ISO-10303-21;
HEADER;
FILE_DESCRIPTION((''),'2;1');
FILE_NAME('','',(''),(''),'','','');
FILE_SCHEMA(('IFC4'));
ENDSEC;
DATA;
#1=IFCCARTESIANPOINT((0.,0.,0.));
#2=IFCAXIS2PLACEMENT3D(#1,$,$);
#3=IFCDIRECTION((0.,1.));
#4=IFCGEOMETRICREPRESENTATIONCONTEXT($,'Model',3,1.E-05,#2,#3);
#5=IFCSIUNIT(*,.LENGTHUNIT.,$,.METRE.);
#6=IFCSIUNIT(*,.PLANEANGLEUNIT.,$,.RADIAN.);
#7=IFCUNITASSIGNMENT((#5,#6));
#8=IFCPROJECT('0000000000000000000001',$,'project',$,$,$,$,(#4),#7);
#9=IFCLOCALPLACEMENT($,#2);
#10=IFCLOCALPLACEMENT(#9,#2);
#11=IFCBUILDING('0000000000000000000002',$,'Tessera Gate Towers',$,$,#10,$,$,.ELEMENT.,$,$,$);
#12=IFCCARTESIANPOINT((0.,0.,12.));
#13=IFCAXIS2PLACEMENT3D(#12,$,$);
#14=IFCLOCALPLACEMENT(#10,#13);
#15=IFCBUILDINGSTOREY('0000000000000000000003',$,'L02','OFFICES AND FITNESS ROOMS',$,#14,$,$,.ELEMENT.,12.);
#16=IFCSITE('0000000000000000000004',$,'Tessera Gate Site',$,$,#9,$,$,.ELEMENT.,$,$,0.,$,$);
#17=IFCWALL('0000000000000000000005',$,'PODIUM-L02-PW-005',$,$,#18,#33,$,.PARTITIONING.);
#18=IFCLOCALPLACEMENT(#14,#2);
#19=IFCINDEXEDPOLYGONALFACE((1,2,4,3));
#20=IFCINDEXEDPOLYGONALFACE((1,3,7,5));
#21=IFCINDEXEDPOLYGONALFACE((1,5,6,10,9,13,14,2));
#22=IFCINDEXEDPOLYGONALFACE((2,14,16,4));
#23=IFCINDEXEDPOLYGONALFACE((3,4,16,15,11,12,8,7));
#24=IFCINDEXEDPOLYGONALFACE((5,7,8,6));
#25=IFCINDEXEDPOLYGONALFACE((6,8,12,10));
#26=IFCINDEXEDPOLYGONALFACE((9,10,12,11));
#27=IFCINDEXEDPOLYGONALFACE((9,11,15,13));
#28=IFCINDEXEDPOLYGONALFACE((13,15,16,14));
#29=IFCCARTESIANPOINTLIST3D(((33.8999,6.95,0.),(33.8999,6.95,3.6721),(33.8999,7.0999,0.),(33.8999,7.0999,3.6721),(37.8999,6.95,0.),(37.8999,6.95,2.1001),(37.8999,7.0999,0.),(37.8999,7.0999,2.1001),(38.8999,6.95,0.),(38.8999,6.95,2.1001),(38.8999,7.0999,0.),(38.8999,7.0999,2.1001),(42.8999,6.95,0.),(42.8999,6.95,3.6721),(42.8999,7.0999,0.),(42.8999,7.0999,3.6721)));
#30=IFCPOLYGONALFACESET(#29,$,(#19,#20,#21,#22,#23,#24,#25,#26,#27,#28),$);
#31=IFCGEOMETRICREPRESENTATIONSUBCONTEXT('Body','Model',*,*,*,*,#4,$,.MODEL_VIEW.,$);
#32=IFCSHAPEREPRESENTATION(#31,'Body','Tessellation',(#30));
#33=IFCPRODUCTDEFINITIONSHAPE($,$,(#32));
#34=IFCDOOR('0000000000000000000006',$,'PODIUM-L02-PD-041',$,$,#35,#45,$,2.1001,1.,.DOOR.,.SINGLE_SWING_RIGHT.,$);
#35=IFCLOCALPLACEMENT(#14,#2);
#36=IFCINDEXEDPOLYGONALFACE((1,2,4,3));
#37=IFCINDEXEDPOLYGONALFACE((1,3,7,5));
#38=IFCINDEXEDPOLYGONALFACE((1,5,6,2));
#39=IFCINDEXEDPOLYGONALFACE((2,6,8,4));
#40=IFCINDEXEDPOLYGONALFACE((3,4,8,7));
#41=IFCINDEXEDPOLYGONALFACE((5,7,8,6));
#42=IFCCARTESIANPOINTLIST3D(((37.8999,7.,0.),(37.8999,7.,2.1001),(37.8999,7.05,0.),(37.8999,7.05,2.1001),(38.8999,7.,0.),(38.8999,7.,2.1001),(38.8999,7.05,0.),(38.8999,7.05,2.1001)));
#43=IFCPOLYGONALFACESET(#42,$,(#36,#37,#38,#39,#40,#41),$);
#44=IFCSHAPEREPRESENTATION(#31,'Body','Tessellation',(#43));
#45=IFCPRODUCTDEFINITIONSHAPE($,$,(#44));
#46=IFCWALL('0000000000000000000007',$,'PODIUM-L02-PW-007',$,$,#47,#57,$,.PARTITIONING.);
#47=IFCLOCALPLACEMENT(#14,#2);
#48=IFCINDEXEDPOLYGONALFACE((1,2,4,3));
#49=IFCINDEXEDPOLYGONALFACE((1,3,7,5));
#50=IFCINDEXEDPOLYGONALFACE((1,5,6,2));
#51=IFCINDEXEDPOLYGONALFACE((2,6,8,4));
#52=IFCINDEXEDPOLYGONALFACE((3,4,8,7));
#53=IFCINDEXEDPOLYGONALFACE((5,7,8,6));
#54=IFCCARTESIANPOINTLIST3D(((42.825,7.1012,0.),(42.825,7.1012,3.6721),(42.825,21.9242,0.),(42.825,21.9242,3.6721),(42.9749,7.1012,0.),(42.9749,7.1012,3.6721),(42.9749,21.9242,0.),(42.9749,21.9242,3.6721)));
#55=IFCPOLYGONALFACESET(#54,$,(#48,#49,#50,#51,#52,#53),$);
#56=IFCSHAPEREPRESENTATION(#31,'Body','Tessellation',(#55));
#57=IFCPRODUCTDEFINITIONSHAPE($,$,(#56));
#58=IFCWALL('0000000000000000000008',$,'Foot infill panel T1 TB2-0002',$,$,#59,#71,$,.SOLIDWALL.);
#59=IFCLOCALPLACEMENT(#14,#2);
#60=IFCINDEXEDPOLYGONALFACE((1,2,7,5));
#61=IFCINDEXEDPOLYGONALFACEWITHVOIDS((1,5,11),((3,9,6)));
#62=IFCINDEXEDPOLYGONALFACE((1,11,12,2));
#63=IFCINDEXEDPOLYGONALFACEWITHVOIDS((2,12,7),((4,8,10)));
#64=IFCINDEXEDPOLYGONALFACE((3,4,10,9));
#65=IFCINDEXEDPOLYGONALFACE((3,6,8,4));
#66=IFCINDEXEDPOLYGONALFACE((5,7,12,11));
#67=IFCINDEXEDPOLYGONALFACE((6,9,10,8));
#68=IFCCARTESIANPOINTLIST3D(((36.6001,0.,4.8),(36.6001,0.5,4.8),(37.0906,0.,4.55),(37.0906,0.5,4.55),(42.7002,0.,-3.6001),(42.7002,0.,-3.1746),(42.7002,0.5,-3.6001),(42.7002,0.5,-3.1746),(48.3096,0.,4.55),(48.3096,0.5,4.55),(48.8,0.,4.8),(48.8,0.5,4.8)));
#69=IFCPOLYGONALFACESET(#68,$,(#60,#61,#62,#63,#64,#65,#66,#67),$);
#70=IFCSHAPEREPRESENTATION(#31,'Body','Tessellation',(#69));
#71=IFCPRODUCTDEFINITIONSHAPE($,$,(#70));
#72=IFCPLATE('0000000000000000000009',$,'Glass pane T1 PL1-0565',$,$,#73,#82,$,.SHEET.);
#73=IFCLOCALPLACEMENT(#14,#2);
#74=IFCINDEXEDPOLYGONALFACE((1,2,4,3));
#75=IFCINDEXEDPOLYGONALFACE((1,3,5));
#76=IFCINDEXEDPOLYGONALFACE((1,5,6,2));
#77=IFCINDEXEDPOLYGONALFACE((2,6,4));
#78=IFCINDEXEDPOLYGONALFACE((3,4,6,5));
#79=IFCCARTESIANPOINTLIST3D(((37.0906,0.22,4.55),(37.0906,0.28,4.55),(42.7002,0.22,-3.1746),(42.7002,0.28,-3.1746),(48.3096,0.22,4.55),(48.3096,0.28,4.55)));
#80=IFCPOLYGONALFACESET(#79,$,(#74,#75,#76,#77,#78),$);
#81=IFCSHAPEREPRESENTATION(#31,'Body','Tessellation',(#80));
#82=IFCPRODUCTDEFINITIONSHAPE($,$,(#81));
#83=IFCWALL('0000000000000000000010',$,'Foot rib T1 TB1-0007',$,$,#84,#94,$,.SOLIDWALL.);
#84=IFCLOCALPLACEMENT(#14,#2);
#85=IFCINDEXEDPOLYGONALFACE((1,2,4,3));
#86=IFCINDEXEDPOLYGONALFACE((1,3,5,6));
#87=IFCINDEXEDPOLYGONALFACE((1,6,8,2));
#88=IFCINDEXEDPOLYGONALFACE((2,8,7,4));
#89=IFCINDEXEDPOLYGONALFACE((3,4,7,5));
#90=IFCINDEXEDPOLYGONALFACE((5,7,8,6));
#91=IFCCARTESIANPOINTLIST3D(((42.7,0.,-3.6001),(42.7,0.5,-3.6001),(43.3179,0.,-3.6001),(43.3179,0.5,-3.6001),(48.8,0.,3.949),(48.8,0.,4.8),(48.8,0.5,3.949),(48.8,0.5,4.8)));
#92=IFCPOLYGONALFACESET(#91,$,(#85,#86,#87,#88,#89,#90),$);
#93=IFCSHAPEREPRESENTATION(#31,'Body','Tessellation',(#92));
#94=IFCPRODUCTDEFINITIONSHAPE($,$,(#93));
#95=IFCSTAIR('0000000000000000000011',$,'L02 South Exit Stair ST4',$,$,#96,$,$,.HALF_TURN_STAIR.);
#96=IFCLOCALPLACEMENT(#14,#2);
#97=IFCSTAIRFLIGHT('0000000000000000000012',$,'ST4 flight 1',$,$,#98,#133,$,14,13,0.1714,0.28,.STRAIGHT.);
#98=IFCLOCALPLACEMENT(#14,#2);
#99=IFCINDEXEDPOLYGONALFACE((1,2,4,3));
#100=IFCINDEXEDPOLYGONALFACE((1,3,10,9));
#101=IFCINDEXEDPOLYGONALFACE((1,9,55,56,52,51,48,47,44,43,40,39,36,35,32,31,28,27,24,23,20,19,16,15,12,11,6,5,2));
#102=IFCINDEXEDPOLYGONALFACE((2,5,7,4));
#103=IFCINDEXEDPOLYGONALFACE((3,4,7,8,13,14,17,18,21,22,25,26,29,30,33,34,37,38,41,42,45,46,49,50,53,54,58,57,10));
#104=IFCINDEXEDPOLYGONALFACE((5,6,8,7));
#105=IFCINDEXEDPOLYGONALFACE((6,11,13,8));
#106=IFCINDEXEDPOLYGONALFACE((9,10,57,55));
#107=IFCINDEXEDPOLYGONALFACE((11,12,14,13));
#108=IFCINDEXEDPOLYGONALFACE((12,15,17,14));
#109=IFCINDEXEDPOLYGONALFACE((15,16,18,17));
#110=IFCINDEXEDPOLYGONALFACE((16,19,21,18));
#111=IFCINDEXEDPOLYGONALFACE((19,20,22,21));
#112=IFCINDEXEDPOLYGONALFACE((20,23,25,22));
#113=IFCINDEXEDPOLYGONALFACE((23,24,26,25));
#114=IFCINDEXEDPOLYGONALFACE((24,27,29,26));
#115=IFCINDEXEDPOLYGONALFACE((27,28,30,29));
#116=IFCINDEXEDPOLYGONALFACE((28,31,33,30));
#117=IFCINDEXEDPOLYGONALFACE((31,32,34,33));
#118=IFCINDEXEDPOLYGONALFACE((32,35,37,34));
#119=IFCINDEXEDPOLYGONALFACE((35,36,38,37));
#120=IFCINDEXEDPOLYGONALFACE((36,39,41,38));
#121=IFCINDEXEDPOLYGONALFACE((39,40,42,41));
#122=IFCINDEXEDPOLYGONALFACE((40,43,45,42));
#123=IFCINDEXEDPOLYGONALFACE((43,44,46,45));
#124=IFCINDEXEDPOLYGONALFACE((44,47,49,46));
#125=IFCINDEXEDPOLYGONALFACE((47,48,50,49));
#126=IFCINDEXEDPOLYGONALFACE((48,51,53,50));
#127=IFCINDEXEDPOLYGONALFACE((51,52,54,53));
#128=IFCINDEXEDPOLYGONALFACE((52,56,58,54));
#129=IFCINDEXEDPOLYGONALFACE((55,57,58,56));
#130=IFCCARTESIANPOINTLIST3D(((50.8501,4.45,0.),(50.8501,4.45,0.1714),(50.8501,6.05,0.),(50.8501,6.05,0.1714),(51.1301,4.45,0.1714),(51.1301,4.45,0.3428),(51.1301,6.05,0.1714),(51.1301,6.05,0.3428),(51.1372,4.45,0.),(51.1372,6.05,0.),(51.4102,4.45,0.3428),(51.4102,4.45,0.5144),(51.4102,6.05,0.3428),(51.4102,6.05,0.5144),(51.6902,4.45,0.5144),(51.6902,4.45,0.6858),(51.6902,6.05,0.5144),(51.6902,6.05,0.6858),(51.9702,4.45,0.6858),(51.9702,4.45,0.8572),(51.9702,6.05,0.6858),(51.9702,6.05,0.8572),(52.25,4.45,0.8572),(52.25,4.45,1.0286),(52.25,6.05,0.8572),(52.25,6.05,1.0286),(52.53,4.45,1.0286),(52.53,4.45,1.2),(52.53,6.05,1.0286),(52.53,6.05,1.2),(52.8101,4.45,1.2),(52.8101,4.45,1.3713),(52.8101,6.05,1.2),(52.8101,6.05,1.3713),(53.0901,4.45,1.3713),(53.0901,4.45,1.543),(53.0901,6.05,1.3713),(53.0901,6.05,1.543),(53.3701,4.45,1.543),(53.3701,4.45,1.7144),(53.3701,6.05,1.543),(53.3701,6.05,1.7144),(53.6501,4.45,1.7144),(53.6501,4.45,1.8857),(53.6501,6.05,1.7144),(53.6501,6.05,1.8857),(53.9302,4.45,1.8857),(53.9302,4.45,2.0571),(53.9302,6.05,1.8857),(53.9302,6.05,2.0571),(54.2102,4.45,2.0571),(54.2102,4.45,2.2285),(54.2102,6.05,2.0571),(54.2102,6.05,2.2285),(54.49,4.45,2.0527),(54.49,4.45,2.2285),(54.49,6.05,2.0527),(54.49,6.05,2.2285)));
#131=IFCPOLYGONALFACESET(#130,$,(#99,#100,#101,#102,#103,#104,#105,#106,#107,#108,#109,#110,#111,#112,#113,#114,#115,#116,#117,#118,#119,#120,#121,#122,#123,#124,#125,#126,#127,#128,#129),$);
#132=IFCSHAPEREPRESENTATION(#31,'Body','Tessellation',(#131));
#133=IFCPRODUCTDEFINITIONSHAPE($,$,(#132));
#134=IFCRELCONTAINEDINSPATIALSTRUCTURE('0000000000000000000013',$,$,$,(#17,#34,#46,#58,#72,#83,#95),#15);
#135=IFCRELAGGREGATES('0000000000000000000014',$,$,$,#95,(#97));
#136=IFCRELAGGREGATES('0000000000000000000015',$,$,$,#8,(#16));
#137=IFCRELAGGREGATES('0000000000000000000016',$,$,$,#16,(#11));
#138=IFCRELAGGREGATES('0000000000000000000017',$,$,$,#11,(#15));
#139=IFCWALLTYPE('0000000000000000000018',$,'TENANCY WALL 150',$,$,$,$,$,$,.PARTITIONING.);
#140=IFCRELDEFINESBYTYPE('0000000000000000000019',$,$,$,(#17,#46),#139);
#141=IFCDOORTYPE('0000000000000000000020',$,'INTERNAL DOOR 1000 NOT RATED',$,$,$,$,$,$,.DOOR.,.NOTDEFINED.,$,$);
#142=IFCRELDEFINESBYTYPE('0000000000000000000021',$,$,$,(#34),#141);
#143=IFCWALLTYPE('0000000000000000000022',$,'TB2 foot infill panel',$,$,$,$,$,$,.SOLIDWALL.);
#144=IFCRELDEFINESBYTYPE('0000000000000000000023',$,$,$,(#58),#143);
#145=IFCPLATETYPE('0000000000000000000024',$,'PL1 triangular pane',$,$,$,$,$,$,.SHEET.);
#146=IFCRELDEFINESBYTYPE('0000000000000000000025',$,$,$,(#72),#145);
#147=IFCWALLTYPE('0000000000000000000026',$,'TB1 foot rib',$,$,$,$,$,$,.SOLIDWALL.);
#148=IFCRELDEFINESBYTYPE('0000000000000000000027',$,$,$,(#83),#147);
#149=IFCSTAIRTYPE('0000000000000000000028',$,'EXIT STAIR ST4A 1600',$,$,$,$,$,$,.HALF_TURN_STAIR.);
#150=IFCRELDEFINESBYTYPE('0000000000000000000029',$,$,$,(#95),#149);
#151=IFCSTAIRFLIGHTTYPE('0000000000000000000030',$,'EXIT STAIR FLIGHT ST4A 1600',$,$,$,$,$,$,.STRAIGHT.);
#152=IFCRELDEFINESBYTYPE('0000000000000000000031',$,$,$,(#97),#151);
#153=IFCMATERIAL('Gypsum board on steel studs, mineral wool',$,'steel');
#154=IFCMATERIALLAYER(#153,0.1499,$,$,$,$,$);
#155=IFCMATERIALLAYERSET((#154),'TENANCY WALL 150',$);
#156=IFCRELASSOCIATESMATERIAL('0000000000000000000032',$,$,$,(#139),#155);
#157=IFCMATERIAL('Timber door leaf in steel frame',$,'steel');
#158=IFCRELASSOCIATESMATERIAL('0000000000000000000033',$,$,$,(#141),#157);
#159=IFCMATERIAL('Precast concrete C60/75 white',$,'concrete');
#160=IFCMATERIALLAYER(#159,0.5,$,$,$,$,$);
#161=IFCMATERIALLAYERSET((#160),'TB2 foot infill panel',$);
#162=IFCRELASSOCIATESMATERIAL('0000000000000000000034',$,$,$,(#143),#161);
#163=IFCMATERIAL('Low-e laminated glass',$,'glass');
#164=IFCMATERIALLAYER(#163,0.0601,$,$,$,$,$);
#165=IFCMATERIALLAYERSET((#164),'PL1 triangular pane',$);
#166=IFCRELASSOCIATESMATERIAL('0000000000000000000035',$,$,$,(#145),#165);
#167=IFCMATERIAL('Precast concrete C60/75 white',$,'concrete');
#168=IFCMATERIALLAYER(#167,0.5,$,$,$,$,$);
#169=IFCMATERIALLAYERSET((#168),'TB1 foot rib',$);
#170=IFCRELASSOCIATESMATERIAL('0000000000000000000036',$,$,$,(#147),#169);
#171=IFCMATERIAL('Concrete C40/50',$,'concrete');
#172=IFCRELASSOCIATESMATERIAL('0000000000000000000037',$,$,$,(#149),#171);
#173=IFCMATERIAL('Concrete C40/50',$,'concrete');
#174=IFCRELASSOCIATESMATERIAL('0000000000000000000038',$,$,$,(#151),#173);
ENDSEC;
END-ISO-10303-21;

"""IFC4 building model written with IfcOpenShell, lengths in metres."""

from ifc_helpers import new_model, si_unit, direction, frame, frame_2d, origin, place, context, subcontext, project, spatial, polyline, rectangle, outline, extrude, source, transform, mapped, material, layer, layer_set, type_object, element, fill, aggregate, save


model = new_model("IFC4")

# Units and contexts
model_context = context("Model", 3, precision=1e-05, world=origin(), true_north=direction((0.0, 1.0)))
body_context = subcontext(model_context, "Body", "Model", "MODEL_VIEW")
ifc_project = project(units=[si_unit("LENGTHUNIT", "METRE"), si_unit("PLANEANGLEUNIT", "RADIAN")], contexts=[model_context])

# Site, building, storey
site_placement = place(None, origin())
site = spatial("IfcSite", under=ifc_project, at=site_placement, Name="Tessera Gate Site", CompositionType="ELEMENT", RefElevation=0.0)
building_placement = place(site_placement, origin())
building = spatial("IfcBuilding", under=site, at=building_placement, Name="Tessera Gate Towers", CompositionType="ELEMENT")
storey_placement = place(building_placement, frame((0.0, 0.0, 12.0)))
storey = spatial("IfcBuildingStorey", under=building, at=storey_placement, Name="L02", Description="OFFICES AND FITNESS ROOMS", CompositionType="ELEMENT", Elevation=12.0)

# Shared definitions
ifc_material_1 = material(Name="Gypsum board on steel studs, mineral wool", Category="steel")
ifc_layer_1 = layer(ifc_material_1, 0.1499)
ifc_layer_set_1 = layer_set([ifc_layer_1], Name="TENANCY WALL 150")
wall_type_1 = type_object("IfcWallType", Name="TENANCY WALL 150", PredefinedType="PARTITIONING", material=ifc_layer_set_1)

# Wall, opening, door
wall_1_placement = place(storey_placement, frame((42.8999, 7.0249, 0.0), z_axis=(0.0, 0.0, 1.0), x_axis=(-1.0, 0.0, 0.0)))
wall_1 = element("IfcWall", 1, at=wall_1_placement, inside=storey, type_object=wall_type_1, Name="PODIUM-L02-PW-005", PredefinedType="PARTITIONING", context=body_context, shape_type="SweptSolid", body=[
    extrude(rectangle(XDim=9.0, YDim=0.1499, at=frame_2d((4.5, 0.0))), origin(), (0.0, 0.0, 1.0), 3.6721),
])
shared_shape_1 = source(origin(), body_context, "Body", "SweptSolid", [
    extrude(rectangle(XDim=1.0, YDim=2.1001, at=frame_2d((0.5, 1.05))), frame((0.0, 0.085, 0.0), z_axis=(0.0, -1.0, 0.0), x_axis=(1.0, 0.0, 0.0)), (0.0, 0.0, 1.0), 0.1699),
])
opening_1_placement = place(wall_1_placement, frame((4.0, 0.0, 0.0)))
opening_1 = element("IfcOpeningElement", 2, at=opening_1_placement, cuts=wall_1, PredefinedType="OPENING", context=body_context, shape_type="MappedRepresentation", body=[
    mapped(shared_shape_1, transform((0.0, 0.0, 0.0), scale=1.0)),
])
ifc_material_2 = material(Name="Timber door leaf in steel frame", Category="steel")
door_type_1 = type_object("IfcDoorType", Name="INTERNAL DOOR 1000 NOT RATED", OperationType="NOTDEFINED", PredefinedType="DOOR", material=ifc_material_2)
shared_shape_2 = source(origin(), body_context, "Body", "SweptSolid", [
    extrude(rectangle(XDim=1.0, YDim=2.1001, at=frame_2d((0.5, 1.05))), frame((0.0, 0.0249, 0.0), z_axis=(0.0, -1.0, 0.0), x_axis=(1.0, 0.0, 0.0)), (0.0, 0.0, 1.0), 0.05),
])
door_1_placement = place(opening_1_placement, origin())
door_1 = element("IfcDoor", 3, at=door_1_placement, inside=storey, type_object=door_type_1, Name="PODIUM-L02-PD-041", OperationType="SINGLE_SWING_RIGHT", OverallHeight=2.1001, OverallWidth=1.0, PredefinedType="DOOR", context=body_context, shape_type="MappedRepresentation", body=[
    mapped(shared_shape_2, transform((0.0, 0.0, 0.0), scale=1.0)),
])
fill(opening_1, door_1)

# Wall
wall_2_placement = place(storey_placement, frame((42.8999, 7.1011, 0.0), z_axis=(0.0, 0.0, 1.0), x_axis=(0.0, 1.0, 0.0)))
element("IfcWall", 4, at=wall_2_placement, inside=storey, type_object=wall_type_1, Name="PODIUM-L02-PW-007", PredefinedType="PARTITIONING", context=body_context, shape_type="SweptSolid", body=[
    extrude(rectangle(XDim=14.823, YDim=0.1499, at=frame_2d((7.4116, 0.0))), origin(), (0.0, 0.0, 1.0), 3.6721),
])

# Wall, opening, plate
ifc_material_3 = material(Name="Precast concrete C60/75 white", Category="concrete")
ifc_layer_2 = layer(ifc_material_3, 0.5)
ifc_layer_set_2 = layer_set([ifc_layer_2], Name="TB2 foot infill panel")
wall_type_2 = type_object("IfcWallType", Name="TB2 foot infill panel", PredefinedType="SOLIDWALL", material=ifc_layer_set_2)
shared_shape_3 = source(origin(), body_context, "Body", "SweptSolid", [
    extrude(outline(polyline([(6.1001, 0.0), (12.2, 8.4001), (0.0, 8.4001), (6.1001, 0.0)])), frame((0.0, 0.25, 0.0), z_axis=(0.0, -1.0, 0.0), x_axis=(1.0, 0.0, 0.0)), (0.0, 0.0, 1.0), 0.5),
])
wall_3_placement = place(storey_placement, frame((36.6001, 0.25, -3.6001), z_axis=(0.0, 0.0, 1.0), x_axis=(1.0, 0.0, 0.0)))
wall_3 = element("IfcWall", 5, at=wall_3_placement, inside=storey, type_object=wall_type_2, Name="Foot infill panel T1 TB2-0002", PredefinedType="SOLIDWALL", context=body_context, shape_type="MappedRepresentation", body=[
    mapped(shared_shape_3, transform((0.0, 0.0, 0.0), scale=1.0)),
])
shared_shape_4 = source(origin(), body_context, "Body", "SweptSolid", [
    extrude(outline(polyline([(6.1001, 0.4255), (11.7095, 8.1501), (0.4905, 8.1501), (6.1001, 0.4255)])), frame((0.0, 0.26, 0.0), z_axis=(0.0, -1.0, 0.0), x_axis=(1.0, 0.0, 0.0)), (0.0, 0.0, 1.0), 0.52),
])
opening_2_placement = place(wall_3_placement, origin())
opening_2 = element("IfcOpeningElement", 6, at=opening_2_placement, cuts=wall_3, PredefinedType="OPENING", context=body_context, shape_type="MappedRepresentation", body=[
    mapped(shared_shape_4, transform((0.0, 0.0, 0.0), scale=1.0)),
])
ifc_material_4 = material(Name="Low-e laminated glass", Category="glass")
ifc_layer_3 = layer(ifc_material_4, 0.0601)
ifc_layer_set_3 = layer_set([ifc_layer_3], Name="PL1 triangular pane")
plate_type = type_object("IfcPlateType", Name="PL1 triangular pane", PredefinedType="SHEET", material=ifc_layer_set_3)
shared_shape_5 = source(origin(), body_context, "Body", "SweptSolid", [
    extrude(outline(polyline([(6.1001, 0.4255), (11.7095, 8.1501), (0.4905, 8.1501), (6.1001, 0.4255)])), frame((0.0, 0.03, 0.0), z_axis=(0.0, -1.0, 0.0), x_axis=(1.0, 0.0, 0.0)), (0.0, 0.0, 1.0), 0.0601),
])
plate_placement = place(opening_2_placement, origin())
plate = element("IfcPlate", 7, at=plate_placement, inside=storey, type_object=plate_type, Name="Glass pane T1 PL1-0565", PredefinedType="SHEET", context=body_context, shape_type="MappedRepresentation", body=[
    mapped(shared_shape_5, transform((0.0, 0.0, 0.0), scale=1.0)),
])
fill(opening_2, plate)

# Wall
ifc_material_5 = material(Name="Precast concrete C60/75 white", Category="concrete")
ifc_layer_4 = layer(ifc_material_5, 0.5)
ifc_layer_set_4 = layer_set([ifc_layer_4], Name="TB1 foot rib")
wall_type_3 = type_object("IfcWallType", Name="TB1 foot rib", PredefinedType="SOLIDWALL", material=ifc_layer_set_4)
shared_shape_6 = source(origin(), body_context, "Body", "SweptSolid", [
    extrude(outline(polyline([(6.1001, 8.4001), (0.0, 0.0), (0.6179, 0.0), (6.1001, 7.5491), (6.1001, 8.4001)])), frame((0.0, 0.25, 0.0), z_axis=(0.0, -1.0, 0.0), x_axis=(1.0, 0.0, 0.0)), (0.0, 0.0, 1.0), 0.5),
])
wall_4_placement = place(storey_placement, frame((42.7, 0.25, -3.6001), z_axis=(0.0, 0.0, 1.0), x_axis=(1.0, 0.0, 0.0)))
element("IfcWall", 8, at=wall_4_placement, inside=storey, type_object=wall_type_3, Name="Foot rib T1 TB1-0007", PredefinedType="SOLIDWALL", context=body_context, shape_type="MappedRepresentation", body=[
    mapped(shared_shape_6, transform((0.0, 0.0, 0.0), scale=1.0)),
])

# Stair, stair flight
ifc_material_6 = material(Name="Concrete C40/50", Category="concrete")
stair_type = type_object("IfcStairType", Name="EXIT STAIR ST4A 1600", PredefinedType="HALF_TURN_STAIR", material=ifc_material_6)
stair_placement = place(storey_placement, origin())
stair = element("IfcStair", 9, at=stair_placement, inside=storey, type_object=stair_type, Name="L02 South Exit Stair ST4", PredefinedType="HALF_TURN_STAIR")
ifc_material_7 = material(Name="Concrete C40/50", Category="concrete")
stair_flight_type = type_object("IfcStairFlightType", Name="EXIT STAIR FLIGHT ST4A 1600", PredefinedType="STRAIGHT", material=ifc_material_7)
stair_flight_placement = place(storey_placement, frame((50.8501, 5.25, 0.0), z_axis=(0.0, 0.0, 1.0), x_axis=(1.0, 0.0, 0.0)))
stair_flight = element("IfcStairFlight", 10, at=stair_flight_placement, type_object=stair_flight_type, Name="ST4 flight 1", NumberOfRisers=14, NumberOfTreads=13, PredefinedType="STRAIGHT", RiserHeight=0.1714, TreadLength=0.28, context=body_context, shape_type="SweptSolid", body=[
    extrude(outline(polyline([(0.0, 0.0), (0.0, 0.1714), (0.28, 0.1714), (0.28, 0.3428), (0.5601, 0.3428), (0.5601, 0.5144), (0.8401, 0.5144), (0.8401, 0.6858), (1.1201, 0.6858), (1.1201, 0.8572), (1.3999, 0.8572), (1.3999, 1.0286), (1.6799, 1.0286), (1.6799, 1.2), (1.96, 1.2), (1.96, 1.3713), (2.24, 1.3713), (2.24, 1.543), (2.52, 1.543), (2.52, 1.7144), (2.8, 1.7144), (2.8, 1.8857), (3.0801, 1.8857), (3.0801, 2.0571), (3.3601, 2.0571), (3.3601, 2.2285), (3.6399, 2.2285), (3.6399, 2.3999), (3.6399, 2.0527), (0.2871, 0.0), (0.0, 0.0)])), frame((0.0, 0.8, 0.0), z_axis=(0.0, -1.0, 0.0), x_axis=(1.0, 0.0, 0.0)), (0.0, 0.0, 1.0), 1.6001),
])
aggregate(stair, [stair_flight])

save(model, "model.ifc")
